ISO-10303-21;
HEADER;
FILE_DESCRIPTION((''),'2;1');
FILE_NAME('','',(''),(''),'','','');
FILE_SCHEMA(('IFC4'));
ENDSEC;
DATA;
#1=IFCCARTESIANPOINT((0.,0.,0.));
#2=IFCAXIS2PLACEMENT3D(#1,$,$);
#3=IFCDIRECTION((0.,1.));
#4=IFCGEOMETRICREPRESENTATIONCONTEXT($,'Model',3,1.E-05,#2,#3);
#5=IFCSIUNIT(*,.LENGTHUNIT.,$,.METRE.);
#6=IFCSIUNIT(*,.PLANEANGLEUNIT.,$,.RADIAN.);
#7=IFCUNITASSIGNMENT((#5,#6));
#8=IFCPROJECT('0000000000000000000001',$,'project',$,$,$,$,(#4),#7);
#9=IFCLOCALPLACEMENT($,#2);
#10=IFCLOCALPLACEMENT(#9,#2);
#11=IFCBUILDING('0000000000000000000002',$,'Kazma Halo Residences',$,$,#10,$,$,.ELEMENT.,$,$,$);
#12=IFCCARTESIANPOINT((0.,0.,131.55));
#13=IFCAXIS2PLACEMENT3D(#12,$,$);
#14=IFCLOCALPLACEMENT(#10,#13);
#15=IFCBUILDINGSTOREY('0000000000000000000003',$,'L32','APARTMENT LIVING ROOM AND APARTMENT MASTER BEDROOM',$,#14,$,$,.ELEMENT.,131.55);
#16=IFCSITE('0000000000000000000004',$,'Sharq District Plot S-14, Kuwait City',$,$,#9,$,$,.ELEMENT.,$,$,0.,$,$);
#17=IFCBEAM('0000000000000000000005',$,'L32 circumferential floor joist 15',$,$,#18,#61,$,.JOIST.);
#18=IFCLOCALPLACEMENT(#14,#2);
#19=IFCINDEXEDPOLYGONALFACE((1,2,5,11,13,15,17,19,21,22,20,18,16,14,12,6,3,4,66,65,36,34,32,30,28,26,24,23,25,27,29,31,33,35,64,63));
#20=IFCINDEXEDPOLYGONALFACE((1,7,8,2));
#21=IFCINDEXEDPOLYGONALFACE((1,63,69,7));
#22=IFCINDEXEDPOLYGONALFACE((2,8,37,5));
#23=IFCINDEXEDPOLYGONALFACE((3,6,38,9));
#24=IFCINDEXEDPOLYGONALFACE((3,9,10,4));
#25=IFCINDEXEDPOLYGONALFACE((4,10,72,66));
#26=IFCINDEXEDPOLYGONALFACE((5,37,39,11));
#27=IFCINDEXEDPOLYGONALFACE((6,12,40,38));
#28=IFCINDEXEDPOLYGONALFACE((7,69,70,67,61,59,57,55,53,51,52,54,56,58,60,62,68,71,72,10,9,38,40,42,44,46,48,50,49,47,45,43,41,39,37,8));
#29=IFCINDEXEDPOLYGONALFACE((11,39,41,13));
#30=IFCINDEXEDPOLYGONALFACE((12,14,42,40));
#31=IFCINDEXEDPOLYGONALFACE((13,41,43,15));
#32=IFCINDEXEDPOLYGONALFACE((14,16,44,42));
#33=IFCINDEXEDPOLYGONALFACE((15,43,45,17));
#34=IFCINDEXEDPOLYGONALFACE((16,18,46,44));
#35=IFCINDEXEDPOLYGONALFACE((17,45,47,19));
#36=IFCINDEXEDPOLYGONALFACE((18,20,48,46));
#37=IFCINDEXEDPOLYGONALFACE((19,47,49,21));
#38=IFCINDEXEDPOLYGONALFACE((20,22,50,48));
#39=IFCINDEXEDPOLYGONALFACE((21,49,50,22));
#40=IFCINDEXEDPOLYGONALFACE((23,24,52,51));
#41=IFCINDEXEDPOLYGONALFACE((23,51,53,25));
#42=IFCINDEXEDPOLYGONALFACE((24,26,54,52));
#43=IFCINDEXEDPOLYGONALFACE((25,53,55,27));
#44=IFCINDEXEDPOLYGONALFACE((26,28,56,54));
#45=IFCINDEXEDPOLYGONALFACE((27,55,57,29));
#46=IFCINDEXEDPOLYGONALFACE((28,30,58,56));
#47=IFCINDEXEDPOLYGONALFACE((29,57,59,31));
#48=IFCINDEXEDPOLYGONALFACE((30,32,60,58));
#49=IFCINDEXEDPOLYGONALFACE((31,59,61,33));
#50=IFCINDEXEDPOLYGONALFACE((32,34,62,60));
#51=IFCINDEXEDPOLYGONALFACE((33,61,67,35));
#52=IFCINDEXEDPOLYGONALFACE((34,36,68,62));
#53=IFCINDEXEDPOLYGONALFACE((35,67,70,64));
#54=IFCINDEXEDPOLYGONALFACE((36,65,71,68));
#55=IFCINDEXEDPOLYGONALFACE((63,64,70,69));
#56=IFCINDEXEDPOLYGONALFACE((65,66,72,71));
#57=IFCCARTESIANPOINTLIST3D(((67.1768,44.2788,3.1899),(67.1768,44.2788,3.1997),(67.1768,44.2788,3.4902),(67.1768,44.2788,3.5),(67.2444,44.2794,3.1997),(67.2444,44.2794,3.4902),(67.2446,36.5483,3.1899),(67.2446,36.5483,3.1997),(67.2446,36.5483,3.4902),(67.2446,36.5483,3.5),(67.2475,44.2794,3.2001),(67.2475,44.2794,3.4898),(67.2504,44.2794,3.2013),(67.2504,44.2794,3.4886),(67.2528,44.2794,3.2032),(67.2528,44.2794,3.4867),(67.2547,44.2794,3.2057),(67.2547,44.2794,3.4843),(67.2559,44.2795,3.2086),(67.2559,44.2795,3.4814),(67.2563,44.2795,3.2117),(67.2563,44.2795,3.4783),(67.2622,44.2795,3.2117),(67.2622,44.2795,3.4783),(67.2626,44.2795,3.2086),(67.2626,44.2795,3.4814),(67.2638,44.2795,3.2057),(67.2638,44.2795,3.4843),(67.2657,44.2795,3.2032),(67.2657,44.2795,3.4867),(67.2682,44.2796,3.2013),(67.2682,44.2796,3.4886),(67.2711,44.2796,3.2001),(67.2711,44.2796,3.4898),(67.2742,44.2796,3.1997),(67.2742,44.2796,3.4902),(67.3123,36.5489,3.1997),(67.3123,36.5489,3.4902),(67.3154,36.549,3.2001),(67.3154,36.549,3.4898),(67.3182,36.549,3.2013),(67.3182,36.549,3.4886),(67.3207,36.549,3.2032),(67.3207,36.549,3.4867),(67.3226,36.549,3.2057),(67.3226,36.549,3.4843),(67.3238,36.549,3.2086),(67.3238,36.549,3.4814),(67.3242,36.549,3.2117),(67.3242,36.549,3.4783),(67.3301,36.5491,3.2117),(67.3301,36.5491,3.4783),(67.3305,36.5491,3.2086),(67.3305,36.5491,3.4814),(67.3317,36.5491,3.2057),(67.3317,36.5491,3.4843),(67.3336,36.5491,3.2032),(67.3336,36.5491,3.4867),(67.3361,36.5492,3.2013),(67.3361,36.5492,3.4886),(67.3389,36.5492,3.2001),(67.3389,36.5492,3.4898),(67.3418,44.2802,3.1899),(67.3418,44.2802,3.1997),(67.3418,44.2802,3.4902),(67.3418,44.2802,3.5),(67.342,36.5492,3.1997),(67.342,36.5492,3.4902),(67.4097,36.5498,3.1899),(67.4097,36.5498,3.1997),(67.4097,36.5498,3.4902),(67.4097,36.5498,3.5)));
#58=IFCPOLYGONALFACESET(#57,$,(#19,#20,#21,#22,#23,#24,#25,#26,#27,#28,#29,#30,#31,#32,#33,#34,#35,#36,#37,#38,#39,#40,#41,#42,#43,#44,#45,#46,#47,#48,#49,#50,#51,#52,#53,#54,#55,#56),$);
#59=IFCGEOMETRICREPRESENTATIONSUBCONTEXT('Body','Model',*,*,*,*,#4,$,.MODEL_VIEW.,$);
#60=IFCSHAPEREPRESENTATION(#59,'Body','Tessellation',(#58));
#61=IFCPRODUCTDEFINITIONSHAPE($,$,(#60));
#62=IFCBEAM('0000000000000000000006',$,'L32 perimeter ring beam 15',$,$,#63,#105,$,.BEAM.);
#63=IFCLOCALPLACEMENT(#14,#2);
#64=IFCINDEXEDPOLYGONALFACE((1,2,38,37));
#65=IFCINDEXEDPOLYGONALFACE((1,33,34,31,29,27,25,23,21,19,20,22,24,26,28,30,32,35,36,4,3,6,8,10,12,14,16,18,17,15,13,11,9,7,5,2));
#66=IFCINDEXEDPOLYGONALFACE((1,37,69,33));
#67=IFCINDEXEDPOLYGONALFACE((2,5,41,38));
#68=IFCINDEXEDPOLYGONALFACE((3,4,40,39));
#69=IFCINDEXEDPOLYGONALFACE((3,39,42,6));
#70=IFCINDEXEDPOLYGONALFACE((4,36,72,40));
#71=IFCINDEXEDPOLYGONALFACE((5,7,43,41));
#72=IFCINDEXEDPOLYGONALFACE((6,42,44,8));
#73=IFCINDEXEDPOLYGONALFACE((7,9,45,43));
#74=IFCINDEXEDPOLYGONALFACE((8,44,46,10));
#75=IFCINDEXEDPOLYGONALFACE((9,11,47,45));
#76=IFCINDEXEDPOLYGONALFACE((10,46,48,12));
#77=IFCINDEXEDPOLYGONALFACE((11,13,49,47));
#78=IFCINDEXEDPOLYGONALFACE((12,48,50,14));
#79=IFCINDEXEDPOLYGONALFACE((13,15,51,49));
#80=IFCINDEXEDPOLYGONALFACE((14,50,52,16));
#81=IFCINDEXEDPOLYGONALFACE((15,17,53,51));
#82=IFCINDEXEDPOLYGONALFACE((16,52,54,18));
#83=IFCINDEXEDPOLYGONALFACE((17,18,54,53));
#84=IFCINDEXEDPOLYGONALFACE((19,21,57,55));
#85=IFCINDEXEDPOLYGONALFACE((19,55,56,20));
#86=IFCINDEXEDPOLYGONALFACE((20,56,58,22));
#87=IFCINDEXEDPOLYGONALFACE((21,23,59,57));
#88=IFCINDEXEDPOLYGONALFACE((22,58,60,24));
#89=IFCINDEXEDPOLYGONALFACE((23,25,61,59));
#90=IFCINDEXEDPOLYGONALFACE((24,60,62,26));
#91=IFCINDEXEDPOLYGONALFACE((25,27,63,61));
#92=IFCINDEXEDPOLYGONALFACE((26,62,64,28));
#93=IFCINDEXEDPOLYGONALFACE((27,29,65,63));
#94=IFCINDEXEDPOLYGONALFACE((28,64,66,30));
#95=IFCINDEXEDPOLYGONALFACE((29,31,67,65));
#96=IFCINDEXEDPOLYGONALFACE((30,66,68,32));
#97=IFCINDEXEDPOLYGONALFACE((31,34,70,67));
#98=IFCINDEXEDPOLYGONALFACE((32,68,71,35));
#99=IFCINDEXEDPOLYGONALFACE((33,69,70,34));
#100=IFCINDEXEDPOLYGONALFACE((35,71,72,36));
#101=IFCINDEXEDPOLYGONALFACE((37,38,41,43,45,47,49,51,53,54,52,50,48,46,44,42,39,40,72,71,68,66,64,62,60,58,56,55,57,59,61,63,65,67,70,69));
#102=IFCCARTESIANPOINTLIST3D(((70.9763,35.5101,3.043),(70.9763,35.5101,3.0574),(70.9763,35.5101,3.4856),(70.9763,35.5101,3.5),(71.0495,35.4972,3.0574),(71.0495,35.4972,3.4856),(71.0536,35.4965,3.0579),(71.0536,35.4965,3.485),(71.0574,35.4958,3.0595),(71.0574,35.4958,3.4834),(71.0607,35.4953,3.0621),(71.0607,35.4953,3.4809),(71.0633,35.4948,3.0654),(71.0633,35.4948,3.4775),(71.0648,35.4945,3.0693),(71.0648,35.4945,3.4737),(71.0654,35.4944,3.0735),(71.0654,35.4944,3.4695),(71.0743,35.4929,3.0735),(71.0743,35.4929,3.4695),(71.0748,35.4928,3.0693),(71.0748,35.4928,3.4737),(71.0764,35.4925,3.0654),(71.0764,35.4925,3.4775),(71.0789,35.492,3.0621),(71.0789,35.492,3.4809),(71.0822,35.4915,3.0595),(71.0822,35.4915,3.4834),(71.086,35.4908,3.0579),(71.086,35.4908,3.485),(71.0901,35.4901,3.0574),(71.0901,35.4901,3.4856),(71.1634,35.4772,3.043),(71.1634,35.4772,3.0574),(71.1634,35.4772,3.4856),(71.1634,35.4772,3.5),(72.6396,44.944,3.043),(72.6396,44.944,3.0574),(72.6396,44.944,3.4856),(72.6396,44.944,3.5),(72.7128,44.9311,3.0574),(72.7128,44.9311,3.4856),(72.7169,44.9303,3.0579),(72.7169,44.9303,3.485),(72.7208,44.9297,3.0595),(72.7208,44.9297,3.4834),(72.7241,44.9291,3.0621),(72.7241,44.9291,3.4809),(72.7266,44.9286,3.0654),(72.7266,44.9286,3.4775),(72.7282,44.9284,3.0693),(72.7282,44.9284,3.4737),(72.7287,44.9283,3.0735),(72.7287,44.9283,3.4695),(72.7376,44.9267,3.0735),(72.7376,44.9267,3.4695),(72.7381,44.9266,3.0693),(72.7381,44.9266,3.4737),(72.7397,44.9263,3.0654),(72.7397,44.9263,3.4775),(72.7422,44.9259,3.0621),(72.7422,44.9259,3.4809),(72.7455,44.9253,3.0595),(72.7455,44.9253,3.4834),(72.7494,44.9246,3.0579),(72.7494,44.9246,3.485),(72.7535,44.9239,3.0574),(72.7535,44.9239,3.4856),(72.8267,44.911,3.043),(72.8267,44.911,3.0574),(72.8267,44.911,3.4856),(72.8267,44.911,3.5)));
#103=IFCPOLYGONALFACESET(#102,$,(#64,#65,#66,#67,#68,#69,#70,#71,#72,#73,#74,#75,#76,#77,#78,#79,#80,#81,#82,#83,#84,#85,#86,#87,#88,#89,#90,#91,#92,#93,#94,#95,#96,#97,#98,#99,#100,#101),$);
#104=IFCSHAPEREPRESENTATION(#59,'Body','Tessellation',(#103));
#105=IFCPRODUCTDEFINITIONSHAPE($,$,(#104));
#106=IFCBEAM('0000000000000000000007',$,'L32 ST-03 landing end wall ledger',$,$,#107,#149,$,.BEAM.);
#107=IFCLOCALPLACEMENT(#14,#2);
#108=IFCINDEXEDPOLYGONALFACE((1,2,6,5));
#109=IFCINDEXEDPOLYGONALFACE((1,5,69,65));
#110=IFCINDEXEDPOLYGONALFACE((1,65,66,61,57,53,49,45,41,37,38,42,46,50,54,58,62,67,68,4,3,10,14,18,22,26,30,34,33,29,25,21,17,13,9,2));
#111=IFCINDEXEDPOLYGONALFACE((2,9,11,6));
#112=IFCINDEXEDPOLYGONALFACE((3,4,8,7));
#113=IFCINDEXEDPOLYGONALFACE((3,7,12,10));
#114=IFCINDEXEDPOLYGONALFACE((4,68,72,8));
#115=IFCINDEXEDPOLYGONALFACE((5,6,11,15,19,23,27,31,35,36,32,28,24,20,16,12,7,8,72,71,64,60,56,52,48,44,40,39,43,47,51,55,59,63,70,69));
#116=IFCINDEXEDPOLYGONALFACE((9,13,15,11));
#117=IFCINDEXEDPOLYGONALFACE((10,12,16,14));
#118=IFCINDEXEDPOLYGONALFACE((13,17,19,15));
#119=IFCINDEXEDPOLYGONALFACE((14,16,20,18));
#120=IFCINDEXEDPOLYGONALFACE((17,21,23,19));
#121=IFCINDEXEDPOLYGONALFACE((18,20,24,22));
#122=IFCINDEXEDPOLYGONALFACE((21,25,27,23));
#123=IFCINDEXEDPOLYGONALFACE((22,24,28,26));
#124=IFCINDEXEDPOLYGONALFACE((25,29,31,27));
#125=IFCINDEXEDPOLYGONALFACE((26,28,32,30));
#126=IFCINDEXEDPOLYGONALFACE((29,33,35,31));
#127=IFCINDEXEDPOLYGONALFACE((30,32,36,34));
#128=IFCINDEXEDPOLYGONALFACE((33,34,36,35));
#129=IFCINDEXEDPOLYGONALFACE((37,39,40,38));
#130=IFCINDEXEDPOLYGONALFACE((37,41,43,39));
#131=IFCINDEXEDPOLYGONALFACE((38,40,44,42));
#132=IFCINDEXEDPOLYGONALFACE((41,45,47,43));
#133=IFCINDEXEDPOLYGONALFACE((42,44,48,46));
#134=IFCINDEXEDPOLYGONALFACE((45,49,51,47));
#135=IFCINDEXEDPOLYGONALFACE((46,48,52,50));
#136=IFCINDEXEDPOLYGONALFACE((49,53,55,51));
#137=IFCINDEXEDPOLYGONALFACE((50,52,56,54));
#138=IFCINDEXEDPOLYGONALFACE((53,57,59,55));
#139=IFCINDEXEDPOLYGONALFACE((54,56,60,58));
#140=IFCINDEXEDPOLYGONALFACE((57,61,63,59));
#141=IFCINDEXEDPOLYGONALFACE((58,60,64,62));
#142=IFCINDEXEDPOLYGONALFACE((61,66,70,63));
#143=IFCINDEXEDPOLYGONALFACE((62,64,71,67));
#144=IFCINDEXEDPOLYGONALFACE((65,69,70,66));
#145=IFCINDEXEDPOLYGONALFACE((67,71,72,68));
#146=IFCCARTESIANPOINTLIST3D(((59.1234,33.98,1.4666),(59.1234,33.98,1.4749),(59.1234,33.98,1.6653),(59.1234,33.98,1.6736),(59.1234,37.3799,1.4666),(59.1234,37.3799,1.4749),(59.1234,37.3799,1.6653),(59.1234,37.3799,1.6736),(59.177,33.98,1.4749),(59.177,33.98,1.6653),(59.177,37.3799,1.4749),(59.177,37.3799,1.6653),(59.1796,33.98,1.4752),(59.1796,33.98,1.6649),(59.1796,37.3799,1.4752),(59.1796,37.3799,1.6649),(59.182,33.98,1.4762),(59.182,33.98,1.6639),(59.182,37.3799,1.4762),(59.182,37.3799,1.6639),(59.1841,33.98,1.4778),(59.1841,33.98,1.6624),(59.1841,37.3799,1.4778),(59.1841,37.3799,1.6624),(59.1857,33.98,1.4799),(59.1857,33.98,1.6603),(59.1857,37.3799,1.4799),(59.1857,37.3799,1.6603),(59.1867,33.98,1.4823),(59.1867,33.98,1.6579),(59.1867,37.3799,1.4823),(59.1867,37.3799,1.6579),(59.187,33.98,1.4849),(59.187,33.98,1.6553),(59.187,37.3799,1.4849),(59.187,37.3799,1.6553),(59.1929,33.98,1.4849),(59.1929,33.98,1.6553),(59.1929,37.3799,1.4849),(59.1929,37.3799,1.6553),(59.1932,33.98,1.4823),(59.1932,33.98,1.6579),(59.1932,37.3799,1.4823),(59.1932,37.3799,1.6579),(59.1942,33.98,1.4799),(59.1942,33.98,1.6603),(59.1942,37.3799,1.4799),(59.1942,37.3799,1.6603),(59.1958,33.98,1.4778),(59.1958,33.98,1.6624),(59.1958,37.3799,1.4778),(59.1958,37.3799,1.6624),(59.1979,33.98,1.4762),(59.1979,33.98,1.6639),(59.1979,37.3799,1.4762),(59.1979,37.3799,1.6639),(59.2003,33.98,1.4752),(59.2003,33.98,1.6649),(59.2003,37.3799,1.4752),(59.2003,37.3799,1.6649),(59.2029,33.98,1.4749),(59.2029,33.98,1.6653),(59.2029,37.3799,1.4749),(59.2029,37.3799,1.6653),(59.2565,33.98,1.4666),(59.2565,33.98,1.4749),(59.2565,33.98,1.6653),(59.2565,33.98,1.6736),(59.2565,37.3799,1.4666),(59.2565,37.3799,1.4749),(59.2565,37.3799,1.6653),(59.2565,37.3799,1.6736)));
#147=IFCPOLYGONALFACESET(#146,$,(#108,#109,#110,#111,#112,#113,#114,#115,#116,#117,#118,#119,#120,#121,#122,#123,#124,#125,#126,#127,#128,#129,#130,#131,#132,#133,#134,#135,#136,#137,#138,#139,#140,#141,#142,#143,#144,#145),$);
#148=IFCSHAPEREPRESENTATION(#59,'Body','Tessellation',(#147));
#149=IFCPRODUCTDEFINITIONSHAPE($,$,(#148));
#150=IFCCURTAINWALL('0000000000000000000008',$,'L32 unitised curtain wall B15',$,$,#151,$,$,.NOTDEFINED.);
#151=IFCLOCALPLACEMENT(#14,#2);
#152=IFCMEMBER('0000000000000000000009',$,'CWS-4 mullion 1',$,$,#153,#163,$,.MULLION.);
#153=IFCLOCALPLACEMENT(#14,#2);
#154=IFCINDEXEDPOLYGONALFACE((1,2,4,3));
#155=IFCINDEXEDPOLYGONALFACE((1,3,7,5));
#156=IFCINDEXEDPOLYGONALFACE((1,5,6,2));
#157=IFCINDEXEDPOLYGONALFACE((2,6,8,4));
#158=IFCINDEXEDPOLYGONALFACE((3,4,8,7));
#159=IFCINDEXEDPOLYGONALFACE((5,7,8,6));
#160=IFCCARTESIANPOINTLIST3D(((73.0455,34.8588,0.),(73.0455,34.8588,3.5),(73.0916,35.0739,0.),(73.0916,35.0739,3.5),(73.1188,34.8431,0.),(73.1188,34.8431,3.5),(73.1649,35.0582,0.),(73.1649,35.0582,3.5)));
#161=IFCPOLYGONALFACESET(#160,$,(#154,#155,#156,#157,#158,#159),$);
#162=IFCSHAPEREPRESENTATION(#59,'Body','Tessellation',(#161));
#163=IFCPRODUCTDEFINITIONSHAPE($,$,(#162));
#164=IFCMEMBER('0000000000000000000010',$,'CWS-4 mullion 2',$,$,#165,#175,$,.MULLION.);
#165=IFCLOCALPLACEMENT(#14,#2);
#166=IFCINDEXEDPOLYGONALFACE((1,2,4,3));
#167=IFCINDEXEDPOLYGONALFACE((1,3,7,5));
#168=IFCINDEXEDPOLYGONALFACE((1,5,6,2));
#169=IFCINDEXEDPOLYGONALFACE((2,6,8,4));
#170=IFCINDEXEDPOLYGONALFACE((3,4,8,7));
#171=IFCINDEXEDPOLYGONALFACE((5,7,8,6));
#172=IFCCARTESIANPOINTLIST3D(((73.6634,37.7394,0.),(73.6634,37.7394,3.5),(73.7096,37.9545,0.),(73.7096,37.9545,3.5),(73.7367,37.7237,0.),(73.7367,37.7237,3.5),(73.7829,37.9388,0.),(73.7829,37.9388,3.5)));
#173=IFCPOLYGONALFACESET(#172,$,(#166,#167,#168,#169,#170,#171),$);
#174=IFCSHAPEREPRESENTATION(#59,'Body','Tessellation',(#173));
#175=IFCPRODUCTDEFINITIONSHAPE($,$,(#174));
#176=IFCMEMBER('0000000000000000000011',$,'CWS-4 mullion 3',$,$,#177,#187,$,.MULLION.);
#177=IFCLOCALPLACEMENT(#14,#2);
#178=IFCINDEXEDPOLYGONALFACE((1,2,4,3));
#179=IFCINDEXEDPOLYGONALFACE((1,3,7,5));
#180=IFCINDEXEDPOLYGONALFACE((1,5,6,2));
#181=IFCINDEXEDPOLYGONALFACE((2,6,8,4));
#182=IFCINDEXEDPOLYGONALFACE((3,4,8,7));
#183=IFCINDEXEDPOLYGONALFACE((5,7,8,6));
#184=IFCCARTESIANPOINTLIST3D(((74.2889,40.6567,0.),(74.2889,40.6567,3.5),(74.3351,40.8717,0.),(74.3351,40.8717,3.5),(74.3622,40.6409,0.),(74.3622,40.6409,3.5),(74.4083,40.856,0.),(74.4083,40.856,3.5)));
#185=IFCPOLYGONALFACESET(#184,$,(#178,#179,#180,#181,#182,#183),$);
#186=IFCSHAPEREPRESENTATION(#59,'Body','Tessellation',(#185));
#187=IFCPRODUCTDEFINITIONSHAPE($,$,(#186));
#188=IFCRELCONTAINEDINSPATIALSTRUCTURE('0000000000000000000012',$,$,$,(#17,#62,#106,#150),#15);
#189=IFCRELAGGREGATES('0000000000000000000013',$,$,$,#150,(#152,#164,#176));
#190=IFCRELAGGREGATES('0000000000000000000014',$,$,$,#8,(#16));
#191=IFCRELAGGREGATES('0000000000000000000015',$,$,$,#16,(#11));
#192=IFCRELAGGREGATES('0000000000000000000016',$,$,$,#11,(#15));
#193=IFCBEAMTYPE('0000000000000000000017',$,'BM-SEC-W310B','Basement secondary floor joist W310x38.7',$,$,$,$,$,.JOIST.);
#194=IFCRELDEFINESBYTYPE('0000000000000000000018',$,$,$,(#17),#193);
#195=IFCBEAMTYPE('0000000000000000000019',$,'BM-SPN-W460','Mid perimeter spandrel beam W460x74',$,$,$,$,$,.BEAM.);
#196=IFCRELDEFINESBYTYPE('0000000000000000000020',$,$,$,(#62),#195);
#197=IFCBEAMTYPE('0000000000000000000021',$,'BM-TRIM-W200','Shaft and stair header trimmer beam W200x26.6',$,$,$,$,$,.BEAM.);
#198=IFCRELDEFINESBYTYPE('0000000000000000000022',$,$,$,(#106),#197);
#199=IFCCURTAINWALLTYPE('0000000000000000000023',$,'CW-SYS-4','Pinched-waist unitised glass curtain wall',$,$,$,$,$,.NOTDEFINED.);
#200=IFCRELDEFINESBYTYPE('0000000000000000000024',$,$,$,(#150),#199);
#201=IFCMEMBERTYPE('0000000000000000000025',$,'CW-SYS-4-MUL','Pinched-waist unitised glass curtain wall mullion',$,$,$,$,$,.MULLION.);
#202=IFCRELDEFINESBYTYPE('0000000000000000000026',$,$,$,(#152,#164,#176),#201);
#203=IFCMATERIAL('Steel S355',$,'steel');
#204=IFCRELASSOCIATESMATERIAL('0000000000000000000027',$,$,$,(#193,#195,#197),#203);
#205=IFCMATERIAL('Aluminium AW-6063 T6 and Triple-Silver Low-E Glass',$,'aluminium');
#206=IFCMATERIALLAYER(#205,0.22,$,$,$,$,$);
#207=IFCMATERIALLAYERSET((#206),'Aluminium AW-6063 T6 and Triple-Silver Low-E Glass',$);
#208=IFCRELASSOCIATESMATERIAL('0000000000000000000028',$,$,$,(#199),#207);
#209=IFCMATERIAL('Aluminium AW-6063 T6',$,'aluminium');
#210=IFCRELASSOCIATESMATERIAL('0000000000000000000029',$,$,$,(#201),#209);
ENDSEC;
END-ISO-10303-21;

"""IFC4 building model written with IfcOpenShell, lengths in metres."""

from ifc_helpers import new_model, si_unit, direction, frame, origin, origin_2d, place, context, subcontext, project, spatial, rectangle, i_section, extrude, material, layer, layer_set, material_profile, profile_set, type_object, element, aggregate, save


model = new_model("IFC4")

# Units and contexts
model_context = context("Model", 3, precision=1e-05, world=origin(), true_north=direction((0.0, 1.0)))
body_context = subcontext(model_context, "Body", "Model", "MODEL_VIEW")
ifc_project = project(units=[si_unit("LENGTHUNIT", "METRE"), si_unit("PLANEANGLEUNIT", "RADIAN")], contexts=[model_context])

# Site, building, storey
site_placement = place(None, origin())
site = spatial("IfcSite", under=ifc_project, at=site_placement, Name="Sharq District Plot S-14, Kuwait City", CompositionType="ELEMENT", RefElevation=0.0)
building_placement = place(site_placement, origin())
building = spatial("IfcBuilding", under=site, at=building_placement, Name="Kazma Halo Residences", CompositionType="ELEMENT")
storey_placement = place(building_placement, frame((0.0, 0.0, 131.55)))
storey = spatial("IfcBuildingStorey", under=building, at=storey_placement, Name="L32", Description="APARTMENT LIVING ROOM AND APARTMENT MASTER BEDROOM", CompositionType="ELEMENT", Elevation=131.55)

# Beams
ifc_material_1 = material(Name="Steel S355", Category="steel")
ifc_material_profile_1 = material_profile(ifc_material_1, i_section(OverallWidth=0.165, OverallDepth=0.3101, WebThickness=0.0059, FlangeThickness=0.0098, FilletRadius=0.012, at=origin_2d()), Name="W310x38.7")
ifc_profile_set_1 = profile_set([ifc_material_profile_1], Name="Steel S355")
beam_type_1 = type_object("IfcBeamType", Name="BM-SEC-W310B", Description="Basement secondary floor joist W310x38.7", PredefinedType="JOIST", material=ifc_profile_set_1)
beam_1_placement = place(storey_placement, frame((67.3271, 36.5491, 3.345), z_axis=(-0.008779, 0.999961, 0.0), x_axis=(-0.999961, -0.008779, 0.0)))
element("IfcBeam", 1, at=beam_1_placement, inside=storey, type_object=beam_type_1, Name="L32 circumferential floor joist 15", PredefinedType="JOIST", context=body_context, shape_type="SweptSolid", body=[
    extrude(i_section(OverallWidth=0.165, OverallDepth=0.3101, WebThickness=0.0059, FlangeThickness=0.0098, FilletRadius=0.012, at=origin_2d()), origin(), (0.0, 0.0, 1.0), 7.7307),
])
ifc_material_profile_2 = material_profile(ifc_material_1, i_section(OverallWidth=0.1899, OverallDepth=0.457, WebThickness=0.009, FlangeThickness=0.0144, FilletRadius=0.0161, at=origin_2d()), Name="W460x74")
ifc_profile_set_2 = profile_set([ifc_material_profile_2], Name="Steel S355")
beam_type_2 = type_object("IfcBeamType", Name="BM-SPN-W460", Description="Mid perimeter spandrel beam W460x74", PredefinedType="BEAM", material=ifc_profile_set_2)
beam_2_placement = place(storey_placement, frame((71.0698, 35.4937, 3.2715), z_axis=(0.173637, 0.98481, 0.0), x_axis=(-0.98481, 0.173637, 0.0)))
element("IfcBeam", 2, at=beam_2_placement, inside=storey, type_object=beam_type_2, Name="L32 perimeter ring beam 15", PredefinedType="BEAM", context=body_context, shape_type="SweptSolid", body=[
    extrude(i_section(OverallWidth=0.1899, OverallDepth=0.457, WebThickness=0.009, FlangeThickness=0.0144, FilletRadius=0.0161, at=origin_2d()), origin(), (0.0, 0.0, 1.0), 9.5793),
])
ifc_material_profile_3 = material_profile(ifc_material_1, i_section(OverallWidth=0.1331, OverallDepth=0.207, WebThickness=0.0059, FlangeThickness=0.0083, FilletRadius=0.01, at=origin_2d()), Name="W200x26.6")
ifc_profile_set_3 = profile_set([ifc_material_profile_3], Name="Steel S355")
beam_type_3 = type_object("IfcBeamType", Name="BM-TRIM-W200", Description="Shaft and stair header trimmer beam W200x26.6", PredefinedType="BEAM", material=ifc_profile_set_3)
beam_3_placement = place(storey_placement, frame((59.1899, 33.98, 1.5701), z_axis=(0.0, 1.0, 0.0), x_axis=(-1.0, 0.0, 0.0)))
element("IfcBeam", 3, at=beam_3_placement, inside=storey, type_object=beam_type_3, Name="L32 ST-03 landing end wall ledger", PredefinedType="BEAM", context=body_context, shape_type="SweptSolid", body=[
    extrude(i_section(OverallWidth=0.1331, OverallDepth=0.207, WebThickness=0.0059, FlangeThickness=0.0083, FilletRadius=0.01, at=origin_2d()), origin(), (0.0, 0.0, 1.0), 3.3999),
])

# Curtain wall, members
ifc_material_2 = material(Name="Aluminium AW-6063 T6 and Triple-Silver Low-E Glass", Category="aluminium")
ifc_layer_1 = layer(ifc_material_2, 0.22)
ifc_layer_set_1 = layer_set([ifc_layer_1], Name="Aluminium AW-6063 T6 and Triple-Silver Low-E Glass")
curtain_wall_type = type_object("IfcCurtainWallType", Name="CW-SYS-4", Description="Pinched-waist unitised glass curtain wall", PredefinedType="NOTDEFINED", material=ifc_layer_set_1)
curtain_wall_placement = place(storey_placement, origin())
curtain_wall = element("IfcCurtainWall", 4, at=curtain_wall_placement, inside=storey, type_object=curtain_wall_type, Name="L32 unitised curtain wall B15", PredefinedType="NOTDEFINED")
ifc_material_3 = material(Name="Aluminium AW-6063 T6", Category="aluminium")
ifc_material_profile_4 = material_profile(ifc_material_3, rectangle(XDim=0.075, YDim=0.22, at=origin_2d()), Name="CWM-75x220")
ifc_profile_set_4 = profile_set([ifc_material_profile_4], Name="Aluminium AW-6063 T6")
member_type_1 = type_object("IfcMemberType", Name="CW-SYS-4-MUL", Description="Pinched-waist unitised glass curtain wall mullion", PredefinedType="MULLION", material=ifc_profile_set_4)
member_1_placement = place(storey_placement, frame((73.1052, 34.9585, 0.0), z_axis=(0.0, 0.0, 1.0), x_axis=(-0.977765, 0.209704, 0.0)))
member_1 = element("IfcMember", 5, at=member_1_placement, type_object=member_type_1, Name="CWS-4 mullion 1", PredefinedType="MULLION", context=body_context, shape_type="SweptSolid", body=[
    extrude(rectangle(XDim=0.075, YDim=0.22, at=origin_2d()), origin(), (0.0, 0.0, 1.0), 3.5),
])
member_2_placement = place(storey_placement, frame((73.7231, 37.8391, 0.0), z_axis=(0.0, 0.0, 1.0), x_axis=(-0.977765, 0.209704, 0.0)))
member_2 = element("IfcMember", 6, at=member_2_placement, type_object=member_type_1, Name="CWS-4 mullion 2", PredefinedType="MULLION", context=body_context, shape_type="SweptSolid", body=[
    extrude(rectangle(XDim=0.075, YDim=0.22, at=origin_2d()), origin(), (0.0, 0.0, 1.0), 3.5),
])
member_3_placement = place(storey_placement, frame((74.3486, 40.7563, 0.0), z_axis=(0.0, 0.0, 1.0), x_axis=(-0.977765, 0.209704, 0.0)))
member_3 = element("IfcMember", 7, at=member_3_placement, type_object=member_type_1, Name="CWS-4 mullion 3", PredefinedType="MULLION", context=body_context, shape_type="SweptSolid", body=[
    extrude(rectangle(XDim=0.075, YDim=0.22, at=origin_2d()), origin(), (0.0, 0.0, 1.0), 3.5),
])
aggregate(curtain_wall, [member_1, member_2, member_3])

save(model, "model.ifc")
